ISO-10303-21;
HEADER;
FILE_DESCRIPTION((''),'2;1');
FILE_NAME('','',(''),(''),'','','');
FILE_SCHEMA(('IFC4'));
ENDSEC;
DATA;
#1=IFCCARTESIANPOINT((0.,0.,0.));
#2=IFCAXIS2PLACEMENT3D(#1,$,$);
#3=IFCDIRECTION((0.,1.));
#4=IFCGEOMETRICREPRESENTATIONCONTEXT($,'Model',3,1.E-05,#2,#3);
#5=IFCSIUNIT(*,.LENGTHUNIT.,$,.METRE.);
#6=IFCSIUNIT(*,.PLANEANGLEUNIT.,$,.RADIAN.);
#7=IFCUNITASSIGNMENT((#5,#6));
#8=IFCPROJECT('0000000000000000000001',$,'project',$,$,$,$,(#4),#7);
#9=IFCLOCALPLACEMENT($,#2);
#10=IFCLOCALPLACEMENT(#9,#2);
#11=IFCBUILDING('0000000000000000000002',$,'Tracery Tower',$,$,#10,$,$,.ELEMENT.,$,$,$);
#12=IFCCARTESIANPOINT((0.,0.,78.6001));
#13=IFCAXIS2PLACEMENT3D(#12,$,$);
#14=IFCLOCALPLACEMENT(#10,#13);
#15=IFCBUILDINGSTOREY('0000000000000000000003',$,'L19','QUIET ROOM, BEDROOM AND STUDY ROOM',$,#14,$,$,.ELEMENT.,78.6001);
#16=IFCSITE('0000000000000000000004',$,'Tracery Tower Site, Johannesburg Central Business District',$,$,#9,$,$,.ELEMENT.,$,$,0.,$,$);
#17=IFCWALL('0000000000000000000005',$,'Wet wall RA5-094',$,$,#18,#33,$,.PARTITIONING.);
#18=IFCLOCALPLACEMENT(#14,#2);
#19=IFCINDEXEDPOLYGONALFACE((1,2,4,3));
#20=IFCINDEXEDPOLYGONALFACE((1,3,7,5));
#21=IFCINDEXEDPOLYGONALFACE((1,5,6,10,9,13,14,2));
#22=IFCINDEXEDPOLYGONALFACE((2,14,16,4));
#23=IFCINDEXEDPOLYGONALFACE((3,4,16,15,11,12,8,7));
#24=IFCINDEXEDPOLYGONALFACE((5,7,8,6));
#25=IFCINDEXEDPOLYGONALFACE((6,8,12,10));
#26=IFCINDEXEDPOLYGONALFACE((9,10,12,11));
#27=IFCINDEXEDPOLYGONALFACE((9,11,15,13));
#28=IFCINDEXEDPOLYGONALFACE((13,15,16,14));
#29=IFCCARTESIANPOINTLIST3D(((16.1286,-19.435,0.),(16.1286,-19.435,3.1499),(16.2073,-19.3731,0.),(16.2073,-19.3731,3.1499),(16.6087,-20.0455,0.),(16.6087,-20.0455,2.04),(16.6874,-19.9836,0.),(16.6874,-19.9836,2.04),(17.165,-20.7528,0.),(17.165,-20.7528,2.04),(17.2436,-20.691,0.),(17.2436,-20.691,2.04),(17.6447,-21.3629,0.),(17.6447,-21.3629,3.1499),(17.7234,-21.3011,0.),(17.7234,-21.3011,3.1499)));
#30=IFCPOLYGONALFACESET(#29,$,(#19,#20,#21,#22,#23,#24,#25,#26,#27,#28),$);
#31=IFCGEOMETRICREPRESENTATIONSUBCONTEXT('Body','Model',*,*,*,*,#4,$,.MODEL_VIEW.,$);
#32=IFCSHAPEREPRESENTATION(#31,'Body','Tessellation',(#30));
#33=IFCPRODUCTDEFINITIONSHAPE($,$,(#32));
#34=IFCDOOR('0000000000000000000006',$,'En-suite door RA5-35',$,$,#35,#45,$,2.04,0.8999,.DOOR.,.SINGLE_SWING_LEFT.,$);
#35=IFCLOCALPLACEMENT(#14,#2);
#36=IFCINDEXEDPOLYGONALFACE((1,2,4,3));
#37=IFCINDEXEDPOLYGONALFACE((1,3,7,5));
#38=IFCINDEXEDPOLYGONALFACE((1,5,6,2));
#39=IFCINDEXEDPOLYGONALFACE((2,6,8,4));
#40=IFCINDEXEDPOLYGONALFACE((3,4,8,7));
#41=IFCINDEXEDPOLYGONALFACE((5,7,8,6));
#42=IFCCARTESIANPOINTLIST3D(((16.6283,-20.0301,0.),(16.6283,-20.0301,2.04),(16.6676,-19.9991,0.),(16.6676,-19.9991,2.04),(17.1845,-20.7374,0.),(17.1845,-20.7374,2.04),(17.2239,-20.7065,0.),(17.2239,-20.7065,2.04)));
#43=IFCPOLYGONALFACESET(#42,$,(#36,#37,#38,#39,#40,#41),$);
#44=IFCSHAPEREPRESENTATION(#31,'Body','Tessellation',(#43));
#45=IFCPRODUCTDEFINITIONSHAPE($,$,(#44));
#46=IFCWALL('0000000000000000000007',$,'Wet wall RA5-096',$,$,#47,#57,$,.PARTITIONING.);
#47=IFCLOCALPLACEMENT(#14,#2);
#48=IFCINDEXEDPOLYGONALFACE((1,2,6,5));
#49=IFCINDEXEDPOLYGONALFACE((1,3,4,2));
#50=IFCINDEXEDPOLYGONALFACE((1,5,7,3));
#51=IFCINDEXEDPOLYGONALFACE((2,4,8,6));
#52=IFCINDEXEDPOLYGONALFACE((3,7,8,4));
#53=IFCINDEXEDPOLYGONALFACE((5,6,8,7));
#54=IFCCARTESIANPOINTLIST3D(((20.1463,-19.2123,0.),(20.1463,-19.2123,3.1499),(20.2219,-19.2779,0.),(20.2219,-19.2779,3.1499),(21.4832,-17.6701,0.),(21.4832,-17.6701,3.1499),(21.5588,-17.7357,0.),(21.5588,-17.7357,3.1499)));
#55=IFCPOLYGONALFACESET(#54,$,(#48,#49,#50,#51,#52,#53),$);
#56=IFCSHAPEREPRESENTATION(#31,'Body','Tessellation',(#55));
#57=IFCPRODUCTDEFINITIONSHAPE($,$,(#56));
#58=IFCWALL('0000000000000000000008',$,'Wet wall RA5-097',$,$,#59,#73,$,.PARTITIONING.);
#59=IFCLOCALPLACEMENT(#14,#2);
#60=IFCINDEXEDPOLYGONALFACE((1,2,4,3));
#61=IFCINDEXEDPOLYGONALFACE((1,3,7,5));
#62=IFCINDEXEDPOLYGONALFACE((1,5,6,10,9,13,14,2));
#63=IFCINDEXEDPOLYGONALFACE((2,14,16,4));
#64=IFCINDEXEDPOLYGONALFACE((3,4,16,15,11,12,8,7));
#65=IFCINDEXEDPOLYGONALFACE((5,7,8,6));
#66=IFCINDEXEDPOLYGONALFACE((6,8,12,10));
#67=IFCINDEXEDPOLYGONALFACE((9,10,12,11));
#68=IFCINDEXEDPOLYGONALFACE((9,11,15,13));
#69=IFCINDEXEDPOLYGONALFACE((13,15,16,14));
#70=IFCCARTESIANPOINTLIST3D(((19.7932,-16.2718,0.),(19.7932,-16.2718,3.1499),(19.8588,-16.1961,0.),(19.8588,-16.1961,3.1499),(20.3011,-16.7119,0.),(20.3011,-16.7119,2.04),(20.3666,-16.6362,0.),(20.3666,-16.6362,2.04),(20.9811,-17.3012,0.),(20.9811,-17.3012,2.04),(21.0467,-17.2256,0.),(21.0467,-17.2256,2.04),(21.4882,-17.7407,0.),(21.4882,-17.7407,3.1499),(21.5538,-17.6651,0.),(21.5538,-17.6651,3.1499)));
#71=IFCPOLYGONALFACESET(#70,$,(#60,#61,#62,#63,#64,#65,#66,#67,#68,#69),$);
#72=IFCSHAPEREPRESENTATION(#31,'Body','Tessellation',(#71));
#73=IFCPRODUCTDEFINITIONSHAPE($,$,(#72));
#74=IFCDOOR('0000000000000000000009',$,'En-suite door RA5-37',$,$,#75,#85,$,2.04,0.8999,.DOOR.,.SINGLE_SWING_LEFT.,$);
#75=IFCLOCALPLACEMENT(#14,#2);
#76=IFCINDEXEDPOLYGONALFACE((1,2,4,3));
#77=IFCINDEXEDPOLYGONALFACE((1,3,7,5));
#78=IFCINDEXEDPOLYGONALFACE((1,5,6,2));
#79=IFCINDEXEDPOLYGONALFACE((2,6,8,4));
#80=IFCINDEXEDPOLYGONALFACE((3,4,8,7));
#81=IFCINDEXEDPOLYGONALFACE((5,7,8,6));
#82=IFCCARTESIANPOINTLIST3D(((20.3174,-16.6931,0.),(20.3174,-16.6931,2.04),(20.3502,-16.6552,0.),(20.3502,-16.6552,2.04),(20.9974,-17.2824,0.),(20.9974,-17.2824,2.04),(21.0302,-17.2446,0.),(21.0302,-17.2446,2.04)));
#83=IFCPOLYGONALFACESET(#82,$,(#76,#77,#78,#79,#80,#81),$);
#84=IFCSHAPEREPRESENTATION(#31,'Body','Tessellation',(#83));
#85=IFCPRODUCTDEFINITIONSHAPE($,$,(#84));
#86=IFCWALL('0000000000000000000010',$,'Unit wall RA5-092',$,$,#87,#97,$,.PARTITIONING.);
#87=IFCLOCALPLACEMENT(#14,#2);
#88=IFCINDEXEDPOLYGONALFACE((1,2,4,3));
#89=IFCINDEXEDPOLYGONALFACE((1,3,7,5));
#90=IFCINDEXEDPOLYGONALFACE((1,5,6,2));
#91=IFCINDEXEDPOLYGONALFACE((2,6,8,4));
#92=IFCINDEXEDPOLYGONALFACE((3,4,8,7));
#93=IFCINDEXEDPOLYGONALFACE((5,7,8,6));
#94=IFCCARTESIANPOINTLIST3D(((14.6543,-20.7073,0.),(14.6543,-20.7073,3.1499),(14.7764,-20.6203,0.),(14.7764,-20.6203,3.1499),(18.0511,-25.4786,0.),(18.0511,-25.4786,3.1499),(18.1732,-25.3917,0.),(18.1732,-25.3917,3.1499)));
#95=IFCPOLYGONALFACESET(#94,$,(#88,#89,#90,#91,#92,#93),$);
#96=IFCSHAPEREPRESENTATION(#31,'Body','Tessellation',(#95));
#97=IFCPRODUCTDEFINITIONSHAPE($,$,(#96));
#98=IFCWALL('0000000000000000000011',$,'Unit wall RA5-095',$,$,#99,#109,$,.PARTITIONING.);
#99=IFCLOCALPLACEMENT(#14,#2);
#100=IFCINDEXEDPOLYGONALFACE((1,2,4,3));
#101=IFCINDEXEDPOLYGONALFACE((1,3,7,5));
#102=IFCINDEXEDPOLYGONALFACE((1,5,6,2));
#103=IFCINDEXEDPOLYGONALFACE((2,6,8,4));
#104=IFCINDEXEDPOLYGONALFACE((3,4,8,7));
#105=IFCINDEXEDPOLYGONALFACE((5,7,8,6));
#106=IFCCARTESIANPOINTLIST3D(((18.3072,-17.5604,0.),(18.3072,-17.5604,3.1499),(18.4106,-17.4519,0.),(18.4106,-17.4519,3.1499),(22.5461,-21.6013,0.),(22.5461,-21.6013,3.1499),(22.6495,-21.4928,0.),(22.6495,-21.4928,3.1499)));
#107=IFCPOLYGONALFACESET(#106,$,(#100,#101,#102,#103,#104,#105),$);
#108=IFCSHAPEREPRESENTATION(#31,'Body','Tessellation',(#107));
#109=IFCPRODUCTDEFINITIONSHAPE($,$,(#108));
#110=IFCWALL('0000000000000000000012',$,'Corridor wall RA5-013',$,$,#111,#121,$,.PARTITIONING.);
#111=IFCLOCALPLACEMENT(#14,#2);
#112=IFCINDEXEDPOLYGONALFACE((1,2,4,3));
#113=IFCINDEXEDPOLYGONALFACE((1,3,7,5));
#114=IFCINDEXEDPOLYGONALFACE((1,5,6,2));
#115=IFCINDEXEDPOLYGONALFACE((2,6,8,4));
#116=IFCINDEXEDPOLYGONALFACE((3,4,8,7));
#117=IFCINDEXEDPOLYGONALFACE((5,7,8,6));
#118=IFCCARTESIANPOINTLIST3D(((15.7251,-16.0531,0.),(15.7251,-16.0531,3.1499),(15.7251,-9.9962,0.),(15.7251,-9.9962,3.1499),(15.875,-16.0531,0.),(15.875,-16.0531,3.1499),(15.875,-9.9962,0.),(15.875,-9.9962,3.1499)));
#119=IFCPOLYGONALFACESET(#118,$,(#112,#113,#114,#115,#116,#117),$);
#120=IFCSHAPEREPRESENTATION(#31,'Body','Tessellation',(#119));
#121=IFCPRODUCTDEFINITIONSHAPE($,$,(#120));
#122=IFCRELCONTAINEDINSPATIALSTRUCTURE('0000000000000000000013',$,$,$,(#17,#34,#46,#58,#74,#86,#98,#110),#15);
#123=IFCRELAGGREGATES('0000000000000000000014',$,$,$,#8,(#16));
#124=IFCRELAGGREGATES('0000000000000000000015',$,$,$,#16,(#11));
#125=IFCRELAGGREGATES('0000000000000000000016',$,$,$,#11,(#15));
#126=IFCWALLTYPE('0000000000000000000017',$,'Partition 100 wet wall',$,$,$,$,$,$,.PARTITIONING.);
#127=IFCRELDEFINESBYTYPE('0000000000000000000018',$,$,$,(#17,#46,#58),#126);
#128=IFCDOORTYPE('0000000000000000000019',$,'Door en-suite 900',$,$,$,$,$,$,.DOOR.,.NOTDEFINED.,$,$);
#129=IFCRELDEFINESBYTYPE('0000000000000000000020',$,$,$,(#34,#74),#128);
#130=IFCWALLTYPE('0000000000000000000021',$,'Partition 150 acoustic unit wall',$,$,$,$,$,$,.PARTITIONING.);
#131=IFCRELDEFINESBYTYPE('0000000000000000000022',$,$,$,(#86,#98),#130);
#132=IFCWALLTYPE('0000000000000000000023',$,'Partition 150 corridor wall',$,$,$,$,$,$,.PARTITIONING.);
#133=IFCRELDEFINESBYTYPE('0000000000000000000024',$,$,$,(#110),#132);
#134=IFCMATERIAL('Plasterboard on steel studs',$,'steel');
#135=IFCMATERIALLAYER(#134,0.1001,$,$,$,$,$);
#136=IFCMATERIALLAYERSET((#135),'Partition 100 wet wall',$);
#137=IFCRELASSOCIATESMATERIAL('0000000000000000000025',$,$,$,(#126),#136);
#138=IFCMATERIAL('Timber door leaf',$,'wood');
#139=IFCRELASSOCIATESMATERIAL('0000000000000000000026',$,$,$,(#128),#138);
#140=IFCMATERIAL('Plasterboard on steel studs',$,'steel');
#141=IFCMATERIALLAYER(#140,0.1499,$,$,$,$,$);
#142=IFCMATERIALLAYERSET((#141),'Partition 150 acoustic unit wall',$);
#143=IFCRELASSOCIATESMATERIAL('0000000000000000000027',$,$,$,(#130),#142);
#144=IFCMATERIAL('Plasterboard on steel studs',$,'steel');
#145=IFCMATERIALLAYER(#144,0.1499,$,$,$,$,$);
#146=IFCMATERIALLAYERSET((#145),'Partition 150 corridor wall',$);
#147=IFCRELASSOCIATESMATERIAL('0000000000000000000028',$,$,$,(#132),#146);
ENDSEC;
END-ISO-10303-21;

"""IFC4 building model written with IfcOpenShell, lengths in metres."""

from ifc_helpers import new_model, si_unit, direction, frame, frame_2d, origin, place, context, subcontext, project, spatial, rectangle, extrude, material, layer, layer_set, type_object, element, fill, save


model = new_model("IFC4")

# Units and contexts
model_context = context("Model", 3, precision=1e-05, world=origin(), true_north=direction((0.0, 1.0)))
body_context = subcontext(model_context, "Body", "Model", "MODEL_VIEW")
ifc_project = project(units=[si_unit("LENGTHUNIT", "METRE"), si_unit("PLANEANGLEUNIT", "RADIAN")], contexts=[model_context])

# Site, building, storey
site_placement = place(None, origin())
site = spatial("IfcSite", under=ifc_project, at=site_placement, Name="Tracery Tower Site, Johannesburg Central Business District", CompositionType="ELEMENT", RefElevation=0.0)
building_placement = place(site_placement, origin())
building = spatial("IfcBuilding", under=site, at=building_placement, Name="Tracery Tower", CompositionType="ELEMENT")
storey_placement = place(building_placement, frame((0.0, 0.0, 78.6001)))
storey = spatial("IfcBuildingStorey", under=building, at=storey_placement, Name="L19", Description="QUIET ROOM, BEDROOM AND STUDY ROOM", CompositionType="ELEMENT", Elevation=78.6001)

# Shared definitions
ifc_material_1 = material(Name="Plasterboard on steel studs", Category="steel")
ifc_layer_1 = layer(ifc_material_1, 0.1001)
ifc_layer_set_1 = layer_set([ifc_layer_1], Name="Partition 100 wet wall")
wall_type_1 = type_object("IfcWallType", Name="Partition 100 wet wall", PredefinedType="PARTITIONING", material=ifc_layer_set_1)
ifc_material_2 = material(Name="Timber door leaf", Category="wood")
door_type = type_object("IfcDoorType", Name="Door en-suite 900", OperationType="NOTDEFINED", PredefinedType="DOOR", material=ifc_material_2)

# Wall, opening, door
wall_1_placement = place(storey_placement, frame((16.168, -19.4041, 0.0), z_axis=(0.0, 0.0, 1.0), x_axis=(0.618142, -0.786066, 0.0)))
wall_1 = element("IfcWall", 1, at=wall_1_placement, inside=storey, type_object=wall_type_1, Name="Wet wall RA5-094", PredefinedType="PARTITIONING", context=body_context, shape_type="SweptSolid", body=[
    extrude(rectangle(XDim=2.4526, YDim=0.1001, at=frame_2d((1.2263, 0.0))), origin(), (0.0, 0.0, 1.0), 3.1499),
])
opening_1_placement = place(wall_1_placement, frame((0.7766, 0.0, 0.0)))
opening_1 = element("IfcOpeningElement", 2, at=opening_1_placement, cuts=wall_1, PredefinedType="OPENING", context=body_context, shape_type="SweptSolid", body=[
    extrude(rectangle(XDim=0.8999, YDim=2.04, at=frame_2d((0.45, 1.02))), frame((0.0, 0.05, 0.0), z_axis=(0.0, -1.0, 0.0), x_axis=(1.0, 0.0, 0.0)), (0.0, 0.0, 1.0), 0.1001),
])
door_1_placement = place(opening_1_placement, origin())
door_1 = element("IfcDoor", 3, at=door_1_placement, inside=storey, type_object=door_type, Name="En-suite door RA5-35", OperationType="SINGLE_SWING_LEFT", OverallHeight=2.04, OverallWidth=0.8999, PredefinedType="DOOR", context=body_context, shape_type="SweptSolid", body=[
    extrude(rectangle(XDim=0.8999, YDim=2.04, at=frame_2d((0.45, 1.02))), frame((0.0, 0.0249, 0.0), z_axis=(0.0, -1.0, 0.0), x_axis=(1.0, 0.0, 0.0)), (0.0, 0.0, 1.0), 0.05),
])
fill(opening_1, door_1)

# Wall
wall_2_placement = place(storey_placement, frame((20.1841, -19.2451, 0.0), z_axis=(0.0, 0.0, 1.0), x_axis=(0.655017, 0.755614, 0.0)))
element("IfcWall", 4, at=wall_2_placement, inside=storey, type_object=wall_type_1, Name="Wet wall RA5-096", PredefinedType="PARTITIONING", context=body_context, shape_type="SweptSolid", body=[
    extrude(rectangle(XDim=2.041, YDim=0.1001, at=frame_2d((1.0205, 0.0))), origin(), (0.0, 0.0, 1.0), 3.1499),
])

# Wall, opening, door
wall_3_placement = place(storey_placement, frame((19.8259, -16.2339, 0.0), z_axis=(0.0, 0.0, 1.0), x_axis=(0.755703, -0.654914, 0.0)))
wall_3 = element("IfcWall", 5, at=wall_3_placement, inside=storey, type_object=wall_type_1, Name="Wet wall RA5-097", PredefinedType="PARTITIONING", context=body_context, shape_type="SweptSolid", body=[
    extrude(rectangle(XDim=2.2429, YDim=0.1001, at=frame_2d((1.1216, 0.0))), origin(), (0.0, 0.0, 1.0), 3.1499),
])
opening_2_placement = place(wall_3_placement, frame((0.6721, 0.0, 0.0)))
opening_2 = element("IfcOpeningElement", 6, at=opening_2_placement, cuts=wall_3, PredefinedType="OPENING", context=body_context, shape_type="SweptSolid", body=[
    extrude(rectangle(XDim=0.8999, YDim=2.04, at=frame_2d((0.45, 1.02))), frame((0.0, 0.05, 0.0), z_axis=(0.0, -1.0, 0.0), x_axis=(1.0, 0.0, 0.0)), (0.0, 0.0, 1.0), 0.1001),
])
door_2_placement = place(opening_2_placement, origin())
door_2 = element("IfcDoor", 7, at=door_2_placement, inside=storey, type_object=door_type, Name="En-suite door RA5-37", OperationType="SINGLE_SWING_LEFT", OverallHeight=2.04, OverallWidth=0.8999, PredefinedType="DOOR", context=body_context, shape_type="SweptSolid", body=[
    extrude(rectangle(XDim=0.8999, YDim=2.04, at=frame_2d((0.45, 1.02))), frame((0.0, 0.0249, 0.0), z_axis=(0.0, -1.0, 0.0), x_axis=(1.0, 0.0, 0.0)), (0.0, 0.0, 1.0), 0.05),
])
fill(opening_2, door_2)

# Walls
ifc_material_3 = material(Name="Plasterboard on steel studs", Category="steel")
ifc_layer_2 = layer(ifc_material_3, 0.1499)
ifc_layer_set_2 = layer_set([ifc_layer_2], Name="Partition 150 acoustic unit wall")
wall_type_2 = type_object("IfcWallType", Name="Partition 150 acoustic unit wall", PredefinedType="PARTITIONING", material=ifc_layer_set_2)
wall_4_placement = place(storey_placement, frame((14.7153, -20.6638, 0.0), z_axis=(0.0, 0.0, 1.0), x_axis=(0.57996, -0.814645, 0.0)))
element("IfcWall", 8, at=wall_4_placement, inside=storey, type_object=wall_type_2, Name="Unit wall RA5-092", PredefinedType="PARTITIONING", context=body_context, shape_type="SweptSolid", body=[
    extrude(rectangle(XDim=5.8569, YDim=0.1499, at=frame_2d((2.9285, 0.0))), origin(), (0.0, 0.0, 1.0), 3.1499),
])
wall_5_placement = place(storey_placement, frame((18.3589, -17.5061, 0.0), z_axis=(0.0, 0.0, 1.0), x_axis=(0.723809, -0.690001, 0.0)))
element("IfcWall", 9, at=wall_5_placement, inside=storey, type_object=wall_type_2, Name="Unit wall RA5-095", PredefinedType="PARTITIONING", context=body_context, shape_type="SweptSolid", body=[
    extrude(rectangle(XDim=5.8564, YDim=0.1499, at=frame_2d((2.9282, 0.0))), origin(), (0.0, 0.0, 1.0), 3.1499),
])
ifc_material_4 = material(Name="Plasterboard on steel studs", Category="steel")
ifc_layer_3 = layer(ifc_material_4, 0.1499)
ifc_layer_set_3 = layer_set([ifc_layer_3], Name="Partition 150 corridor wall")
wall_type_3 = type_object("IfcWallType", Name="Partition 150 corridor wall", PredefinedType="PARTITIONING", material=ifc_layer_set_3)
wall_6_placement = place(storey_placement, frame((15.8, -16.053, 0.0), z_axis=(0.0, 0.0, 1.0), x_axis=(0.0, 1.0, 0.0)))
element("IfcWall", 10, at=wall_6_placement, inside=storey, type_object=wall_type_3, Name="Corridor wall RA5-013", PredefinedType="PARTITIONING", context=body_context, shape_type="SweptSolid", body=[
    extrude(rectangle(XDim=6.0569, YDim=0.1499, at=frame_2d((3.0283, 0.0))), origin(), (0.0, 0.0, 1.0), 3.1499),
])

save(model, "model.ifc")
